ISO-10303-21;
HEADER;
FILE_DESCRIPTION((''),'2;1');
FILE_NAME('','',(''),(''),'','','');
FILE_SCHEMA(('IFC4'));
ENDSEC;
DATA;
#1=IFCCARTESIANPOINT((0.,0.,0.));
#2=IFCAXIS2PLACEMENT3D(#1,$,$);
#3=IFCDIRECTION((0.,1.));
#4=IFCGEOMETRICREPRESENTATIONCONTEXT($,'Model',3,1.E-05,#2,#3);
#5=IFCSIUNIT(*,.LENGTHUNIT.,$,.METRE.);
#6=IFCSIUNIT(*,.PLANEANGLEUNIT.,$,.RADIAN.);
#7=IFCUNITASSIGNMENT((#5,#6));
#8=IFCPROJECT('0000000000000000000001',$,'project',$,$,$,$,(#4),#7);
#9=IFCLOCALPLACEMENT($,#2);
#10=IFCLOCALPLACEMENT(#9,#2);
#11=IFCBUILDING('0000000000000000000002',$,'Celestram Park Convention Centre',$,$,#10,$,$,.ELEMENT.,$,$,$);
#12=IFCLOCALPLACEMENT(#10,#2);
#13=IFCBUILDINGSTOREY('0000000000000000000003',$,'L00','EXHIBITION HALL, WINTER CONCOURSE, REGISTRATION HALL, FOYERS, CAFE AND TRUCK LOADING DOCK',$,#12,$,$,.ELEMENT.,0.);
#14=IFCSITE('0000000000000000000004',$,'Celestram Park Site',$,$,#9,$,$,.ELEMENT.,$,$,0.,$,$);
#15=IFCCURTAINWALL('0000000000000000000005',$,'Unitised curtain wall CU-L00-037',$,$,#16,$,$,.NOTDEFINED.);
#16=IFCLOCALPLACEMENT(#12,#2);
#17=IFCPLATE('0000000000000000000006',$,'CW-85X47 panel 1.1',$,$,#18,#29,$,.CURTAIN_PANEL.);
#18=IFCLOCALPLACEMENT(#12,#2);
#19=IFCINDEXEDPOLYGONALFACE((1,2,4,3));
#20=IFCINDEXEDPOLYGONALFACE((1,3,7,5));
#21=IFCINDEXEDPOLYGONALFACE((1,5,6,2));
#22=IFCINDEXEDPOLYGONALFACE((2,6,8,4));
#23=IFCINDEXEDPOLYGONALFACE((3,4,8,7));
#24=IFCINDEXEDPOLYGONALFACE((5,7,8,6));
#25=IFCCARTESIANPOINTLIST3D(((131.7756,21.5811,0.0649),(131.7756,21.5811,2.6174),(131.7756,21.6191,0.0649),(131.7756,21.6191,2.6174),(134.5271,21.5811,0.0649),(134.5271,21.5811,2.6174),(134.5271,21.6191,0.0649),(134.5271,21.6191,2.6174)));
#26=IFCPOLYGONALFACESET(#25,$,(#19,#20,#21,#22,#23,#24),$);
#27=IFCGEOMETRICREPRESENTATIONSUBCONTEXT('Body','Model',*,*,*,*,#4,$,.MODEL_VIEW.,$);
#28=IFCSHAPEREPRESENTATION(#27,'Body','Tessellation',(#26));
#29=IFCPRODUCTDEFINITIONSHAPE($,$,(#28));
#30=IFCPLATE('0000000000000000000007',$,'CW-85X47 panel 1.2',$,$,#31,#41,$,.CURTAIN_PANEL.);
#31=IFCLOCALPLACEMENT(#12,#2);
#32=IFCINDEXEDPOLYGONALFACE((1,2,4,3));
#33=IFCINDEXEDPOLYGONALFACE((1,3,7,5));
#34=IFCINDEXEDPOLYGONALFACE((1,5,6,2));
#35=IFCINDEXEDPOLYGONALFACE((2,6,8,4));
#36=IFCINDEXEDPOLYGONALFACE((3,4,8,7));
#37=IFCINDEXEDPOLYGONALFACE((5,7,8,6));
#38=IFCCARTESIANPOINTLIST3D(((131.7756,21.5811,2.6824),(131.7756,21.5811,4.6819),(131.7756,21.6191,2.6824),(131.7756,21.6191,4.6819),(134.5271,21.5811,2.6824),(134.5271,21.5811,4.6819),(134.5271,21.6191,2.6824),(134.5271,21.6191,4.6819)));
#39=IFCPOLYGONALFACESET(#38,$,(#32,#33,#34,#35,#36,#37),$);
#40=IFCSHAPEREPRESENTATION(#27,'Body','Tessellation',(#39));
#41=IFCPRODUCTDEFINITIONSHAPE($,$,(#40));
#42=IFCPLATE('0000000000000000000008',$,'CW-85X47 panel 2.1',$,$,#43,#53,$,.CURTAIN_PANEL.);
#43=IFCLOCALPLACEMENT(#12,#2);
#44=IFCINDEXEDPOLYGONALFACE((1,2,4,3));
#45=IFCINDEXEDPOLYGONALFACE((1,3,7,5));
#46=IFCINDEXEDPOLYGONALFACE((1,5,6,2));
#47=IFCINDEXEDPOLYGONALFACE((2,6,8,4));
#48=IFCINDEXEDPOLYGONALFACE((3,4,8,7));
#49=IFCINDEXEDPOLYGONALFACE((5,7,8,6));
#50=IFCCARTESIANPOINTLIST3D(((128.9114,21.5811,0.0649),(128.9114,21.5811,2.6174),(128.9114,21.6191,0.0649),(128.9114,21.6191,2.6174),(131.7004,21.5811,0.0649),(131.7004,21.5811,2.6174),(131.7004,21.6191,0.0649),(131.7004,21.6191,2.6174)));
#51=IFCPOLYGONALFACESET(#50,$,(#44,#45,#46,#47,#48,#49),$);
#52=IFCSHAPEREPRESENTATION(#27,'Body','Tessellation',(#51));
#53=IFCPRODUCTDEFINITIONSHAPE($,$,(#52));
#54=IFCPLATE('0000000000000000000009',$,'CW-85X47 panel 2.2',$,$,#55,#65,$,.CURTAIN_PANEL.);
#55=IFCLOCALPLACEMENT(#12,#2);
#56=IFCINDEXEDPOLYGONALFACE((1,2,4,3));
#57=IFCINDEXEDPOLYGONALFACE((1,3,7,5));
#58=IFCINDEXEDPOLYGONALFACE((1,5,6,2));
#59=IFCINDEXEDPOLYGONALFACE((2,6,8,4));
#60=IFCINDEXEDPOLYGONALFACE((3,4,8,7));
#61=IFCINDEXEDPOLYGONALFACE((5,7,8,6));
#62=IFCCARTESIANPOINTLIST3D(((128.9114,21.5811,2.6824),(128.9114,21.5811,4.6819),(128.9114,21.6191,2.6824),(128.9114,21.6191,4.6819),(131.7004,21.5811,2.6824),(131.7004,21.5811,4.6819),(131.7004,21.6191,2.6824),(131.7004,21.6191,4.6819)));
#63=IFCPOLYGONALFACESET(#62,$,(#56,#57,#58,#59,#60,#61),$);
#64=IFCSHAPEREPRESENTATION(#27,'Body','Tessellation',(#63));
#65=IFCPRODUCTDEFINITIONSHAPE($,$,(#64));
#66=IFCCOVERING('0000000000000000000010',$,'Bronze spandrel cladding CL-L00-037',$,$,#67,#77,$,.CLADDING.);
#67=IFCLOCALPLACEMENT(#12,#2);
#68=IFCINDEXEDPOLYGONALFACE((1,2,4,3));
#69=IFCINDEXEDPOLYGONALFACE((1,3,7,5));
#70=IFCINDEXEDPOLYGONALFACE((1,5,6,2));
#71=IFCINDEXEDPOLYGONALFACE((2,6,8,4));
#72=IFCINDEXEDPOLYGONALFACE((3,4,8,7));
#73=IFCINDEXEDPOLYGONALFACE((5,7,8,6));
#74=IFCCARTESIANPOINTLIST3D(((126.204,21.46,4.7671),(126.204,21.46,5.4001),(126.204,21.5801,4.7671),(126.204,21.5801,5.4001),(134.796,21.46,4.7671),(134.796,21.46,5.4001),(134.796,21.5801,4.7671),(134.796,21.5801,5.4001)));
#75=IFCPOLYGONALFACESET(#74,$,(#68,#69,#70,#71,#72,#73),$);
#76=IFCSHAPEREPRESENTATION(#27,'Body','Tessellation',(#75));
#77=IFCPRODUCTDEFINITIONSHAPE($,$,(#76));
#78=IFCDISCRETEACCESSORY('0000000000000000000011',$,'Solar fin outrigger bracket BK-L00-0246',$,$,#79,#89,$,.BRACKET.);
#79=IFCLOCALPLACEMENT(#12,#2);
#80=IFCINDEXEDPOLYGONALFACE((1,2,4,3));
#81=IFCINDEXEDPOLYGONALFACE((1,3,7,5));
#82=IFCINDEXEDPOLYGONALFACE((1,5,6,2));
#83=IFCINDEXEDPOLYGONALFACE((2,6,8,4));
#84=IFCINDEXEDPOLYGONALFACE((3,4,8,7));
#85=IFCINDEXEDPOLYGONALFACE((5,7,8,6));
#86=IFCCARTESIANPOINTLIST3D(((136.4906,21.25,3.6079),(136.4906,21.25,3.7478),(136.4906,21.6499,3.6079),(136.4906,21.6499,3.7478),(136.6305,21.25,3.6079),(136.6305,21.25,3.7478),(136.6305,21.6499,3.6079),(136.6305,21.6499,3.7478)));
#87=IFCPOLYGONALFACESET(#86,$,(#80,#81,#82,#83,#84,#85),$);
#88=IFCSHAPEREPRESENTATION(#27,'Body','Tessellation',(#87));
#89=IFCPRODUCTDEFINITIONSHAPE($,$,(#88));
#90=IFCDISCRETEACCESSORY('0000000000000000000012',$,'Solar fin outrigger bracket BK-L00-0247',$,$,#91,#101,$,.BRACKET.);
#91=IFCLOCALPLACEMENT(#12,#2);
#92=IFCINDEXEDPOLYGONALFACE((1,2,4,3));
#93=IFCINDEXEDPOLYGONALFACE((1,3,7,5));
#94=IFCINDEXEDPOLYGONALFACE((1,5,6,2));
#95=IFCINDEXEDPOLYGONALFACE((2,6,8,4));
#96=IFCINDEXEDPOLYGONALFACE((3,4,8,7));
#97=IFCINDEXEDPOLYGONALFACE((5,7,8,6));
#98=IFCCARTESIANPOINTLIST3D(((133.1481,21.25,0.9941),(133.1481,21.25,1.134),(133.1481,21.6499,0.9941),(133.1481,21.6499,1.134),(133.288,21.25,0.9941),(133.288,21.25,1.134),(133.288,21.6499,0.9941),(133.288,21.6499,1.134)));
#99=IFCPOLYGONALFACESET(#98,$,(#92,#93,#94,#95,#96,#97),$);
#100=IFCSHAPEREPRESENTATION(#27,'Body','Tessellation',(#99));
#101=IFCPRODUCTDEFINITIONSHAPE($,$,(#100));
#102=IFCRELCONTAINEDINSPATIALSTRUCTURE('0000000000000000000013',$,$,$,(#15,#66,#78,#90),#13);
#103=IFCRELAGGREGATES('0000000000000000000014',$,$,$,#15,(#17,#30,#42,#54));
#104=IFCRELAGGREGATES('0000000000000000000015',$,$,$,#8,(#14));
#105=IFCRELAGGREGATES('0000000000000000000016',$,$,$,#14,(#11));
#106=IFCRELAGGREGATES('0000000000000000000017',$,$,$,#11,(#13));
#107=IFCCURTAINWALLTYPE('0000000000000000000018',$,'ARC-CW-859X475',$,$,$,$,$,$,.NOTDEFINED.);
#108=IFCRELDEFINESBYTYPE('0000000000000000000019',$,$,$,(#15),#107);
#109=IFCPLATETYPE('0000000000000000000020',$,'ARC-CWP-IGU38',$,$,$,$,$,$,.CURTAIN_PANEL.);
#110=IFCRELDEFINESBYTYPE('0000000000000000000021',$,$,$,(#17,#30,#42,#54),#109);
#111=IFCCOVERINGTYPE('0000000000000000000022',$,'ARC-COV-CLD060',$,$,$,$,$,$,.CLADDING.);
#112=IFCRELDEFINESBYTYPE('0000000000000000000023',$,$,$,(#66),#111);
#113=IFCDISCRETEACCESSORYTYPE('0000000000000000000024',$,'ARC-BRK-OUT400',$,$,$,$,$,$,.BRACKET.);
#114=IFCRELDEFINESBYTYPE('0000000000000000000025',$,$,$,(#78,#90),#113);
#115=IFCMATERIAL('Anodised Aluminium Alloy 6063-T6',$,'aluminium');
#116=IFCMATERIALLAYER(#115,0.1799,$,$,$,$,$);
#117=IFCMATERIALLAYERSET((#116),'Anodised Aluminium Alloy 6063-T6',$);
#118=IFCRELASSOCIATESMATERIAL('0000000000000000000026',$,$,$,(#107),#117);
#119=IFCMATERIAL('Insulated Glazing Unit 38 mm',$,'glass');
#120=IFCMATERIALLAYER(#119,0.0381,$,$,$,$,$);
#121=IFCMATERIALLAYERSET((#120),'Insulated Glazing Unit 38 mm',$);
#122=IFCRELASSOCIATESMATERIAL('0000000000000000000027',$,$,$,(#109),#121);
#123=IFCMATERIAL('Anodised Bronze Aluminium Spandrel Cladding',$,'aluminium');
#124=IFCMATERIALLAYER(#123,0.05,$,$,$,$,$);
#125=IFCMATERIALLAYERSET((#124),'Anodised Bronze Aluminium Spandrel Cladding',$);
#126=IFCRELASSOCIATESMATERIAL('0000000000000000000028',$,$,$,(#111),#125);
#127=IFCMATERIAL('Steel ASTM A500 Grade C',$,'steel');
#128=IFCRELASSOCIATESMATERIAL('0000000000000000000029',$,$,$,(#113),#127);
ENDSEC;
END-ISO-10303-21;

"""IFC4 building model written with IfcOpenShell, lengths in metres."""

from ifc_helpers import new_model, si_unit, direction, frame, origin, origin_2d, place, context, subcontext, project, spatial, rectangle, extrude, material, layer, layer_set, type_object, element, aggregate, save


model = new_model("IFC4")

# Units and contexts
model_context = context("Model", 3, precision=1e-05, world=origin(), true_north=direction((0.0, 1.0)))
body_context = subcontext(model_context, "Body", "Model", "MODEL_VIEW")
ifc_project = project(units=[si_unit("LENGTHUNIT", "METRE"), si_unit("PLANEANGLEUNIT", "RADIAN")], contexts=[model_context])

# Site, building, storey
site_placement = place(None, origin())
site = spatial("IfcSite", under=ifc_project, at=site_placement, Name="Celestram Park Site", CompositionType="ELEMENT", RefElevation=0.0)
building_placement = place(site_placement, origin())
building = spatial("IfcBuilding", under=site, at=building_placement, Name="Celestram Park Convention Centre", CompositionType="ELEMENT")
storey_placement = place(building_placement, origin())
storey = spatial("IfcBuildingStorey", under=building, at=storey_placement, Name="L00", Description="EXHIBITION HALL, WINTER CONCOURSE, REGISTRATION HALL, FOYERS, CAFE AND TRUCK LOADING DOCK", CompositionType="ELEMENT", Elevation=0.0)

# Shared definitions
ifc_material_1 = material(Name="Anodised Aluminium Alloy 6063-T6", Category="aluminium")

# Curtain wall
ifc_layer_1 = layer(ifc_material_1, 0.1799)
ifc_layer_set_1 = layer_set([ifc_layer_1], Name="Anodised Aluminium Alloy 6063-T6")
curtain_wall_type_1 = type_object("IfcCurtainWallType", Name="ARC-CW-859X475", PredefinedType="NOTDEFINED", material=ifc_layer_set_1)
curtain_wall_1_placement = place(storey_placement, origin())
curtain_wall_1 = element("IfcCurtainWall", 1, at=curtain_wall_1_placement, inside=storey, type_object=curtain_wall_type_1, Name="Unitised curtain wall CU-L00-037", PredefinedType="NOTDEFINED")

# Plates
ifc_material_2 = material(Name="Insulated Glazing Unit 38 mm", Category="glass")
ifc_layer_2 = layer(ifc_material_2, 0.0381)
ifc_layer_set_2 = layer_set([ifc_layer_2], Name="Insulated Glazing Unit 38 mm")
plate_type = type_object("IfcPlateType", Name="ARC-CWP-IGU38", PredefinedType="CURTAIN_PANEL", material=ifc_layer_set_2)
plate_1_placement = place(storey_placement, frame((133.1514, 21.6001, 0.0649), z_axis=(0.0, 0.0, 1.0), x_axis=(-1.0, 0.0, 0.0)))
plate_1 = element("IfcPlate", 2, at=plate_1_placement, type_object=plate_type, Name="CW-85X47 panel 1.1", PredefinedType="CURTAIN_PANEL", context=body_context, shape_type="SweptSolid", body=[
    extrude(rectangle(XDim=2.7515, YDim=0.0381, at=origin_2d()), origin(), (0.0, 0.0, 1.0), 2.5525),
])
plate_2_placement = place(storey_placement, frame((133.1514, 21.6001, 2.6824), z_axis=(0.0, 0.0, 1.0), x_axis=(-1.0, 0.0, 0.0)))
plate_2 = element("IfcPlate", 3, at=plate_2_placement, type_object=plate_type, Name="CW-85X47 panel 1.2", PredefinedType="CURTAIN_PANEL", context=body_context, shape_type="SweptSolid", body=[
    extrude(rectangle(XDim=2.7515, YDim=0.0381, at=origin_2d()), origin(), (0.0, 0.0, 1.0), 1.9995),
])
plate_3_placement = place(storey_placement, frame((130.3059, 21.6001, 0.0649), z_axis=(0.0, 0.0, 1.0), x_axis=(-1.0, 0.0, 0.0)))
plate_3 = element("IfcPlate", 4, at=plate_3_placement, type_object=plate_type, Name="CW-85X47 panel 2.1", PredefinedType="CURTAIN_PANEL", context=body_context, shape_type="SweptSolid", body=[
    extrude(rectangle(XDim=2.7891, YDim=0.0381, at=origin_2d()), origin(), (0.0, 0.0, 1.0), 2.5525),
])
plate_4_placement = place(storey_placement, frame((130.3059, 21.6001, 2.6824), z_axis=(0.0, 0.0, 1.0), x_axis=(-1.0, 0.0, 0.0)))
plate_4 = element("IfcPlate", 5, at=plate_4_placement, type_object=plate_type, Name="CW-85X47 panel 2.2", PredefinedType="CURTAIN_PANEL", context=body_context, shape_type="SweptSolid", body=[
    extrude(rectangle(XDim=2.7891, YDim=0.0381, at=origin_2d()), origin(), (0.0, 0.0, 1.0), 1.9995),
])
aggregate(curtain_wall_1, [plate_1, plate_2, plate_3, plate_4])

# Covering
ifc_material_3 = material(Name="Anodised Bronze Aluminium Spandrel Cladding", Category="aluminium")
ifc_layer_3 = layer(ifc_material_3, 0.05)
ifc_layer_set_3 = layer_set([ifc_layer_3], Name="Anodised Bronze Aluminium Spandrel Cladding")
covering_type = type_object("IfcCoveringType", Name="ARC-COV-CLD060", PredefinedType="CLADDING", material=ifc_layer_set_3)
covering_placement = place(storey_placement, frame((130.5, 21.52, 4.7671), z_axis=(0.0, 0.0, 1.0), x_axis=(-1.0, 0.0, 0.0)))
element("IfcCovering", 6, at=covering_placement, inside=storey, type_object=covering_type, Name="Bronze spandrel cladding CL-L00-037", PredefinedType="CLADDING", context=body_context, shape_type="SweptSolid", body=[
    extrude(rectangle(XDim=8.592, YDim=0.1201, at=origin_2d()), origin(), (0.0, 0.0, 1.0), 0.6331),
])

# Discrete accessories
ifc_material_4 = material(Name="Steel ASTM A500 Grade C", Category="steel")
discrete_accessory_type = type_object("IfcDiscreteAccessoryType", Name="ARC-BRK-OUT400", PredefinedType="BRACKET", material=ifc_material_4)
for number, where, z_axis, x_axis, name in (
    (7, (136.5605, 21.45, 3.6079), (0.0, 0.0, 1.0), (0.0, -1.0, 0.0), "Solar fin outrigger bracket BK-L00-0246"),
    (8, (133.218, 21.45, 0.9941), (0.0, 0.0, 1.0), (0.0, -1.0, 0.0), "Solar fin outrigger bracket BK-L00-0247"),
):
    element("IfcDiscreteAccessory", number, at=place(storey_placement, frame(where, z_axis=z_axis, x_axis=x_axis)), inside=storey, type_object=discrete_accessory_type, Name=name, PredefinedType="BRACKET", context=body_context, shape_type="SweptSolid", body=[
        extrude(rectangle(XDim=0.3999, YDim=0.1399, at=origin_2d()), origin(), (0.0, 0.0, 1.0), 0.1399),
    ])

save(model, "model.ifc")
